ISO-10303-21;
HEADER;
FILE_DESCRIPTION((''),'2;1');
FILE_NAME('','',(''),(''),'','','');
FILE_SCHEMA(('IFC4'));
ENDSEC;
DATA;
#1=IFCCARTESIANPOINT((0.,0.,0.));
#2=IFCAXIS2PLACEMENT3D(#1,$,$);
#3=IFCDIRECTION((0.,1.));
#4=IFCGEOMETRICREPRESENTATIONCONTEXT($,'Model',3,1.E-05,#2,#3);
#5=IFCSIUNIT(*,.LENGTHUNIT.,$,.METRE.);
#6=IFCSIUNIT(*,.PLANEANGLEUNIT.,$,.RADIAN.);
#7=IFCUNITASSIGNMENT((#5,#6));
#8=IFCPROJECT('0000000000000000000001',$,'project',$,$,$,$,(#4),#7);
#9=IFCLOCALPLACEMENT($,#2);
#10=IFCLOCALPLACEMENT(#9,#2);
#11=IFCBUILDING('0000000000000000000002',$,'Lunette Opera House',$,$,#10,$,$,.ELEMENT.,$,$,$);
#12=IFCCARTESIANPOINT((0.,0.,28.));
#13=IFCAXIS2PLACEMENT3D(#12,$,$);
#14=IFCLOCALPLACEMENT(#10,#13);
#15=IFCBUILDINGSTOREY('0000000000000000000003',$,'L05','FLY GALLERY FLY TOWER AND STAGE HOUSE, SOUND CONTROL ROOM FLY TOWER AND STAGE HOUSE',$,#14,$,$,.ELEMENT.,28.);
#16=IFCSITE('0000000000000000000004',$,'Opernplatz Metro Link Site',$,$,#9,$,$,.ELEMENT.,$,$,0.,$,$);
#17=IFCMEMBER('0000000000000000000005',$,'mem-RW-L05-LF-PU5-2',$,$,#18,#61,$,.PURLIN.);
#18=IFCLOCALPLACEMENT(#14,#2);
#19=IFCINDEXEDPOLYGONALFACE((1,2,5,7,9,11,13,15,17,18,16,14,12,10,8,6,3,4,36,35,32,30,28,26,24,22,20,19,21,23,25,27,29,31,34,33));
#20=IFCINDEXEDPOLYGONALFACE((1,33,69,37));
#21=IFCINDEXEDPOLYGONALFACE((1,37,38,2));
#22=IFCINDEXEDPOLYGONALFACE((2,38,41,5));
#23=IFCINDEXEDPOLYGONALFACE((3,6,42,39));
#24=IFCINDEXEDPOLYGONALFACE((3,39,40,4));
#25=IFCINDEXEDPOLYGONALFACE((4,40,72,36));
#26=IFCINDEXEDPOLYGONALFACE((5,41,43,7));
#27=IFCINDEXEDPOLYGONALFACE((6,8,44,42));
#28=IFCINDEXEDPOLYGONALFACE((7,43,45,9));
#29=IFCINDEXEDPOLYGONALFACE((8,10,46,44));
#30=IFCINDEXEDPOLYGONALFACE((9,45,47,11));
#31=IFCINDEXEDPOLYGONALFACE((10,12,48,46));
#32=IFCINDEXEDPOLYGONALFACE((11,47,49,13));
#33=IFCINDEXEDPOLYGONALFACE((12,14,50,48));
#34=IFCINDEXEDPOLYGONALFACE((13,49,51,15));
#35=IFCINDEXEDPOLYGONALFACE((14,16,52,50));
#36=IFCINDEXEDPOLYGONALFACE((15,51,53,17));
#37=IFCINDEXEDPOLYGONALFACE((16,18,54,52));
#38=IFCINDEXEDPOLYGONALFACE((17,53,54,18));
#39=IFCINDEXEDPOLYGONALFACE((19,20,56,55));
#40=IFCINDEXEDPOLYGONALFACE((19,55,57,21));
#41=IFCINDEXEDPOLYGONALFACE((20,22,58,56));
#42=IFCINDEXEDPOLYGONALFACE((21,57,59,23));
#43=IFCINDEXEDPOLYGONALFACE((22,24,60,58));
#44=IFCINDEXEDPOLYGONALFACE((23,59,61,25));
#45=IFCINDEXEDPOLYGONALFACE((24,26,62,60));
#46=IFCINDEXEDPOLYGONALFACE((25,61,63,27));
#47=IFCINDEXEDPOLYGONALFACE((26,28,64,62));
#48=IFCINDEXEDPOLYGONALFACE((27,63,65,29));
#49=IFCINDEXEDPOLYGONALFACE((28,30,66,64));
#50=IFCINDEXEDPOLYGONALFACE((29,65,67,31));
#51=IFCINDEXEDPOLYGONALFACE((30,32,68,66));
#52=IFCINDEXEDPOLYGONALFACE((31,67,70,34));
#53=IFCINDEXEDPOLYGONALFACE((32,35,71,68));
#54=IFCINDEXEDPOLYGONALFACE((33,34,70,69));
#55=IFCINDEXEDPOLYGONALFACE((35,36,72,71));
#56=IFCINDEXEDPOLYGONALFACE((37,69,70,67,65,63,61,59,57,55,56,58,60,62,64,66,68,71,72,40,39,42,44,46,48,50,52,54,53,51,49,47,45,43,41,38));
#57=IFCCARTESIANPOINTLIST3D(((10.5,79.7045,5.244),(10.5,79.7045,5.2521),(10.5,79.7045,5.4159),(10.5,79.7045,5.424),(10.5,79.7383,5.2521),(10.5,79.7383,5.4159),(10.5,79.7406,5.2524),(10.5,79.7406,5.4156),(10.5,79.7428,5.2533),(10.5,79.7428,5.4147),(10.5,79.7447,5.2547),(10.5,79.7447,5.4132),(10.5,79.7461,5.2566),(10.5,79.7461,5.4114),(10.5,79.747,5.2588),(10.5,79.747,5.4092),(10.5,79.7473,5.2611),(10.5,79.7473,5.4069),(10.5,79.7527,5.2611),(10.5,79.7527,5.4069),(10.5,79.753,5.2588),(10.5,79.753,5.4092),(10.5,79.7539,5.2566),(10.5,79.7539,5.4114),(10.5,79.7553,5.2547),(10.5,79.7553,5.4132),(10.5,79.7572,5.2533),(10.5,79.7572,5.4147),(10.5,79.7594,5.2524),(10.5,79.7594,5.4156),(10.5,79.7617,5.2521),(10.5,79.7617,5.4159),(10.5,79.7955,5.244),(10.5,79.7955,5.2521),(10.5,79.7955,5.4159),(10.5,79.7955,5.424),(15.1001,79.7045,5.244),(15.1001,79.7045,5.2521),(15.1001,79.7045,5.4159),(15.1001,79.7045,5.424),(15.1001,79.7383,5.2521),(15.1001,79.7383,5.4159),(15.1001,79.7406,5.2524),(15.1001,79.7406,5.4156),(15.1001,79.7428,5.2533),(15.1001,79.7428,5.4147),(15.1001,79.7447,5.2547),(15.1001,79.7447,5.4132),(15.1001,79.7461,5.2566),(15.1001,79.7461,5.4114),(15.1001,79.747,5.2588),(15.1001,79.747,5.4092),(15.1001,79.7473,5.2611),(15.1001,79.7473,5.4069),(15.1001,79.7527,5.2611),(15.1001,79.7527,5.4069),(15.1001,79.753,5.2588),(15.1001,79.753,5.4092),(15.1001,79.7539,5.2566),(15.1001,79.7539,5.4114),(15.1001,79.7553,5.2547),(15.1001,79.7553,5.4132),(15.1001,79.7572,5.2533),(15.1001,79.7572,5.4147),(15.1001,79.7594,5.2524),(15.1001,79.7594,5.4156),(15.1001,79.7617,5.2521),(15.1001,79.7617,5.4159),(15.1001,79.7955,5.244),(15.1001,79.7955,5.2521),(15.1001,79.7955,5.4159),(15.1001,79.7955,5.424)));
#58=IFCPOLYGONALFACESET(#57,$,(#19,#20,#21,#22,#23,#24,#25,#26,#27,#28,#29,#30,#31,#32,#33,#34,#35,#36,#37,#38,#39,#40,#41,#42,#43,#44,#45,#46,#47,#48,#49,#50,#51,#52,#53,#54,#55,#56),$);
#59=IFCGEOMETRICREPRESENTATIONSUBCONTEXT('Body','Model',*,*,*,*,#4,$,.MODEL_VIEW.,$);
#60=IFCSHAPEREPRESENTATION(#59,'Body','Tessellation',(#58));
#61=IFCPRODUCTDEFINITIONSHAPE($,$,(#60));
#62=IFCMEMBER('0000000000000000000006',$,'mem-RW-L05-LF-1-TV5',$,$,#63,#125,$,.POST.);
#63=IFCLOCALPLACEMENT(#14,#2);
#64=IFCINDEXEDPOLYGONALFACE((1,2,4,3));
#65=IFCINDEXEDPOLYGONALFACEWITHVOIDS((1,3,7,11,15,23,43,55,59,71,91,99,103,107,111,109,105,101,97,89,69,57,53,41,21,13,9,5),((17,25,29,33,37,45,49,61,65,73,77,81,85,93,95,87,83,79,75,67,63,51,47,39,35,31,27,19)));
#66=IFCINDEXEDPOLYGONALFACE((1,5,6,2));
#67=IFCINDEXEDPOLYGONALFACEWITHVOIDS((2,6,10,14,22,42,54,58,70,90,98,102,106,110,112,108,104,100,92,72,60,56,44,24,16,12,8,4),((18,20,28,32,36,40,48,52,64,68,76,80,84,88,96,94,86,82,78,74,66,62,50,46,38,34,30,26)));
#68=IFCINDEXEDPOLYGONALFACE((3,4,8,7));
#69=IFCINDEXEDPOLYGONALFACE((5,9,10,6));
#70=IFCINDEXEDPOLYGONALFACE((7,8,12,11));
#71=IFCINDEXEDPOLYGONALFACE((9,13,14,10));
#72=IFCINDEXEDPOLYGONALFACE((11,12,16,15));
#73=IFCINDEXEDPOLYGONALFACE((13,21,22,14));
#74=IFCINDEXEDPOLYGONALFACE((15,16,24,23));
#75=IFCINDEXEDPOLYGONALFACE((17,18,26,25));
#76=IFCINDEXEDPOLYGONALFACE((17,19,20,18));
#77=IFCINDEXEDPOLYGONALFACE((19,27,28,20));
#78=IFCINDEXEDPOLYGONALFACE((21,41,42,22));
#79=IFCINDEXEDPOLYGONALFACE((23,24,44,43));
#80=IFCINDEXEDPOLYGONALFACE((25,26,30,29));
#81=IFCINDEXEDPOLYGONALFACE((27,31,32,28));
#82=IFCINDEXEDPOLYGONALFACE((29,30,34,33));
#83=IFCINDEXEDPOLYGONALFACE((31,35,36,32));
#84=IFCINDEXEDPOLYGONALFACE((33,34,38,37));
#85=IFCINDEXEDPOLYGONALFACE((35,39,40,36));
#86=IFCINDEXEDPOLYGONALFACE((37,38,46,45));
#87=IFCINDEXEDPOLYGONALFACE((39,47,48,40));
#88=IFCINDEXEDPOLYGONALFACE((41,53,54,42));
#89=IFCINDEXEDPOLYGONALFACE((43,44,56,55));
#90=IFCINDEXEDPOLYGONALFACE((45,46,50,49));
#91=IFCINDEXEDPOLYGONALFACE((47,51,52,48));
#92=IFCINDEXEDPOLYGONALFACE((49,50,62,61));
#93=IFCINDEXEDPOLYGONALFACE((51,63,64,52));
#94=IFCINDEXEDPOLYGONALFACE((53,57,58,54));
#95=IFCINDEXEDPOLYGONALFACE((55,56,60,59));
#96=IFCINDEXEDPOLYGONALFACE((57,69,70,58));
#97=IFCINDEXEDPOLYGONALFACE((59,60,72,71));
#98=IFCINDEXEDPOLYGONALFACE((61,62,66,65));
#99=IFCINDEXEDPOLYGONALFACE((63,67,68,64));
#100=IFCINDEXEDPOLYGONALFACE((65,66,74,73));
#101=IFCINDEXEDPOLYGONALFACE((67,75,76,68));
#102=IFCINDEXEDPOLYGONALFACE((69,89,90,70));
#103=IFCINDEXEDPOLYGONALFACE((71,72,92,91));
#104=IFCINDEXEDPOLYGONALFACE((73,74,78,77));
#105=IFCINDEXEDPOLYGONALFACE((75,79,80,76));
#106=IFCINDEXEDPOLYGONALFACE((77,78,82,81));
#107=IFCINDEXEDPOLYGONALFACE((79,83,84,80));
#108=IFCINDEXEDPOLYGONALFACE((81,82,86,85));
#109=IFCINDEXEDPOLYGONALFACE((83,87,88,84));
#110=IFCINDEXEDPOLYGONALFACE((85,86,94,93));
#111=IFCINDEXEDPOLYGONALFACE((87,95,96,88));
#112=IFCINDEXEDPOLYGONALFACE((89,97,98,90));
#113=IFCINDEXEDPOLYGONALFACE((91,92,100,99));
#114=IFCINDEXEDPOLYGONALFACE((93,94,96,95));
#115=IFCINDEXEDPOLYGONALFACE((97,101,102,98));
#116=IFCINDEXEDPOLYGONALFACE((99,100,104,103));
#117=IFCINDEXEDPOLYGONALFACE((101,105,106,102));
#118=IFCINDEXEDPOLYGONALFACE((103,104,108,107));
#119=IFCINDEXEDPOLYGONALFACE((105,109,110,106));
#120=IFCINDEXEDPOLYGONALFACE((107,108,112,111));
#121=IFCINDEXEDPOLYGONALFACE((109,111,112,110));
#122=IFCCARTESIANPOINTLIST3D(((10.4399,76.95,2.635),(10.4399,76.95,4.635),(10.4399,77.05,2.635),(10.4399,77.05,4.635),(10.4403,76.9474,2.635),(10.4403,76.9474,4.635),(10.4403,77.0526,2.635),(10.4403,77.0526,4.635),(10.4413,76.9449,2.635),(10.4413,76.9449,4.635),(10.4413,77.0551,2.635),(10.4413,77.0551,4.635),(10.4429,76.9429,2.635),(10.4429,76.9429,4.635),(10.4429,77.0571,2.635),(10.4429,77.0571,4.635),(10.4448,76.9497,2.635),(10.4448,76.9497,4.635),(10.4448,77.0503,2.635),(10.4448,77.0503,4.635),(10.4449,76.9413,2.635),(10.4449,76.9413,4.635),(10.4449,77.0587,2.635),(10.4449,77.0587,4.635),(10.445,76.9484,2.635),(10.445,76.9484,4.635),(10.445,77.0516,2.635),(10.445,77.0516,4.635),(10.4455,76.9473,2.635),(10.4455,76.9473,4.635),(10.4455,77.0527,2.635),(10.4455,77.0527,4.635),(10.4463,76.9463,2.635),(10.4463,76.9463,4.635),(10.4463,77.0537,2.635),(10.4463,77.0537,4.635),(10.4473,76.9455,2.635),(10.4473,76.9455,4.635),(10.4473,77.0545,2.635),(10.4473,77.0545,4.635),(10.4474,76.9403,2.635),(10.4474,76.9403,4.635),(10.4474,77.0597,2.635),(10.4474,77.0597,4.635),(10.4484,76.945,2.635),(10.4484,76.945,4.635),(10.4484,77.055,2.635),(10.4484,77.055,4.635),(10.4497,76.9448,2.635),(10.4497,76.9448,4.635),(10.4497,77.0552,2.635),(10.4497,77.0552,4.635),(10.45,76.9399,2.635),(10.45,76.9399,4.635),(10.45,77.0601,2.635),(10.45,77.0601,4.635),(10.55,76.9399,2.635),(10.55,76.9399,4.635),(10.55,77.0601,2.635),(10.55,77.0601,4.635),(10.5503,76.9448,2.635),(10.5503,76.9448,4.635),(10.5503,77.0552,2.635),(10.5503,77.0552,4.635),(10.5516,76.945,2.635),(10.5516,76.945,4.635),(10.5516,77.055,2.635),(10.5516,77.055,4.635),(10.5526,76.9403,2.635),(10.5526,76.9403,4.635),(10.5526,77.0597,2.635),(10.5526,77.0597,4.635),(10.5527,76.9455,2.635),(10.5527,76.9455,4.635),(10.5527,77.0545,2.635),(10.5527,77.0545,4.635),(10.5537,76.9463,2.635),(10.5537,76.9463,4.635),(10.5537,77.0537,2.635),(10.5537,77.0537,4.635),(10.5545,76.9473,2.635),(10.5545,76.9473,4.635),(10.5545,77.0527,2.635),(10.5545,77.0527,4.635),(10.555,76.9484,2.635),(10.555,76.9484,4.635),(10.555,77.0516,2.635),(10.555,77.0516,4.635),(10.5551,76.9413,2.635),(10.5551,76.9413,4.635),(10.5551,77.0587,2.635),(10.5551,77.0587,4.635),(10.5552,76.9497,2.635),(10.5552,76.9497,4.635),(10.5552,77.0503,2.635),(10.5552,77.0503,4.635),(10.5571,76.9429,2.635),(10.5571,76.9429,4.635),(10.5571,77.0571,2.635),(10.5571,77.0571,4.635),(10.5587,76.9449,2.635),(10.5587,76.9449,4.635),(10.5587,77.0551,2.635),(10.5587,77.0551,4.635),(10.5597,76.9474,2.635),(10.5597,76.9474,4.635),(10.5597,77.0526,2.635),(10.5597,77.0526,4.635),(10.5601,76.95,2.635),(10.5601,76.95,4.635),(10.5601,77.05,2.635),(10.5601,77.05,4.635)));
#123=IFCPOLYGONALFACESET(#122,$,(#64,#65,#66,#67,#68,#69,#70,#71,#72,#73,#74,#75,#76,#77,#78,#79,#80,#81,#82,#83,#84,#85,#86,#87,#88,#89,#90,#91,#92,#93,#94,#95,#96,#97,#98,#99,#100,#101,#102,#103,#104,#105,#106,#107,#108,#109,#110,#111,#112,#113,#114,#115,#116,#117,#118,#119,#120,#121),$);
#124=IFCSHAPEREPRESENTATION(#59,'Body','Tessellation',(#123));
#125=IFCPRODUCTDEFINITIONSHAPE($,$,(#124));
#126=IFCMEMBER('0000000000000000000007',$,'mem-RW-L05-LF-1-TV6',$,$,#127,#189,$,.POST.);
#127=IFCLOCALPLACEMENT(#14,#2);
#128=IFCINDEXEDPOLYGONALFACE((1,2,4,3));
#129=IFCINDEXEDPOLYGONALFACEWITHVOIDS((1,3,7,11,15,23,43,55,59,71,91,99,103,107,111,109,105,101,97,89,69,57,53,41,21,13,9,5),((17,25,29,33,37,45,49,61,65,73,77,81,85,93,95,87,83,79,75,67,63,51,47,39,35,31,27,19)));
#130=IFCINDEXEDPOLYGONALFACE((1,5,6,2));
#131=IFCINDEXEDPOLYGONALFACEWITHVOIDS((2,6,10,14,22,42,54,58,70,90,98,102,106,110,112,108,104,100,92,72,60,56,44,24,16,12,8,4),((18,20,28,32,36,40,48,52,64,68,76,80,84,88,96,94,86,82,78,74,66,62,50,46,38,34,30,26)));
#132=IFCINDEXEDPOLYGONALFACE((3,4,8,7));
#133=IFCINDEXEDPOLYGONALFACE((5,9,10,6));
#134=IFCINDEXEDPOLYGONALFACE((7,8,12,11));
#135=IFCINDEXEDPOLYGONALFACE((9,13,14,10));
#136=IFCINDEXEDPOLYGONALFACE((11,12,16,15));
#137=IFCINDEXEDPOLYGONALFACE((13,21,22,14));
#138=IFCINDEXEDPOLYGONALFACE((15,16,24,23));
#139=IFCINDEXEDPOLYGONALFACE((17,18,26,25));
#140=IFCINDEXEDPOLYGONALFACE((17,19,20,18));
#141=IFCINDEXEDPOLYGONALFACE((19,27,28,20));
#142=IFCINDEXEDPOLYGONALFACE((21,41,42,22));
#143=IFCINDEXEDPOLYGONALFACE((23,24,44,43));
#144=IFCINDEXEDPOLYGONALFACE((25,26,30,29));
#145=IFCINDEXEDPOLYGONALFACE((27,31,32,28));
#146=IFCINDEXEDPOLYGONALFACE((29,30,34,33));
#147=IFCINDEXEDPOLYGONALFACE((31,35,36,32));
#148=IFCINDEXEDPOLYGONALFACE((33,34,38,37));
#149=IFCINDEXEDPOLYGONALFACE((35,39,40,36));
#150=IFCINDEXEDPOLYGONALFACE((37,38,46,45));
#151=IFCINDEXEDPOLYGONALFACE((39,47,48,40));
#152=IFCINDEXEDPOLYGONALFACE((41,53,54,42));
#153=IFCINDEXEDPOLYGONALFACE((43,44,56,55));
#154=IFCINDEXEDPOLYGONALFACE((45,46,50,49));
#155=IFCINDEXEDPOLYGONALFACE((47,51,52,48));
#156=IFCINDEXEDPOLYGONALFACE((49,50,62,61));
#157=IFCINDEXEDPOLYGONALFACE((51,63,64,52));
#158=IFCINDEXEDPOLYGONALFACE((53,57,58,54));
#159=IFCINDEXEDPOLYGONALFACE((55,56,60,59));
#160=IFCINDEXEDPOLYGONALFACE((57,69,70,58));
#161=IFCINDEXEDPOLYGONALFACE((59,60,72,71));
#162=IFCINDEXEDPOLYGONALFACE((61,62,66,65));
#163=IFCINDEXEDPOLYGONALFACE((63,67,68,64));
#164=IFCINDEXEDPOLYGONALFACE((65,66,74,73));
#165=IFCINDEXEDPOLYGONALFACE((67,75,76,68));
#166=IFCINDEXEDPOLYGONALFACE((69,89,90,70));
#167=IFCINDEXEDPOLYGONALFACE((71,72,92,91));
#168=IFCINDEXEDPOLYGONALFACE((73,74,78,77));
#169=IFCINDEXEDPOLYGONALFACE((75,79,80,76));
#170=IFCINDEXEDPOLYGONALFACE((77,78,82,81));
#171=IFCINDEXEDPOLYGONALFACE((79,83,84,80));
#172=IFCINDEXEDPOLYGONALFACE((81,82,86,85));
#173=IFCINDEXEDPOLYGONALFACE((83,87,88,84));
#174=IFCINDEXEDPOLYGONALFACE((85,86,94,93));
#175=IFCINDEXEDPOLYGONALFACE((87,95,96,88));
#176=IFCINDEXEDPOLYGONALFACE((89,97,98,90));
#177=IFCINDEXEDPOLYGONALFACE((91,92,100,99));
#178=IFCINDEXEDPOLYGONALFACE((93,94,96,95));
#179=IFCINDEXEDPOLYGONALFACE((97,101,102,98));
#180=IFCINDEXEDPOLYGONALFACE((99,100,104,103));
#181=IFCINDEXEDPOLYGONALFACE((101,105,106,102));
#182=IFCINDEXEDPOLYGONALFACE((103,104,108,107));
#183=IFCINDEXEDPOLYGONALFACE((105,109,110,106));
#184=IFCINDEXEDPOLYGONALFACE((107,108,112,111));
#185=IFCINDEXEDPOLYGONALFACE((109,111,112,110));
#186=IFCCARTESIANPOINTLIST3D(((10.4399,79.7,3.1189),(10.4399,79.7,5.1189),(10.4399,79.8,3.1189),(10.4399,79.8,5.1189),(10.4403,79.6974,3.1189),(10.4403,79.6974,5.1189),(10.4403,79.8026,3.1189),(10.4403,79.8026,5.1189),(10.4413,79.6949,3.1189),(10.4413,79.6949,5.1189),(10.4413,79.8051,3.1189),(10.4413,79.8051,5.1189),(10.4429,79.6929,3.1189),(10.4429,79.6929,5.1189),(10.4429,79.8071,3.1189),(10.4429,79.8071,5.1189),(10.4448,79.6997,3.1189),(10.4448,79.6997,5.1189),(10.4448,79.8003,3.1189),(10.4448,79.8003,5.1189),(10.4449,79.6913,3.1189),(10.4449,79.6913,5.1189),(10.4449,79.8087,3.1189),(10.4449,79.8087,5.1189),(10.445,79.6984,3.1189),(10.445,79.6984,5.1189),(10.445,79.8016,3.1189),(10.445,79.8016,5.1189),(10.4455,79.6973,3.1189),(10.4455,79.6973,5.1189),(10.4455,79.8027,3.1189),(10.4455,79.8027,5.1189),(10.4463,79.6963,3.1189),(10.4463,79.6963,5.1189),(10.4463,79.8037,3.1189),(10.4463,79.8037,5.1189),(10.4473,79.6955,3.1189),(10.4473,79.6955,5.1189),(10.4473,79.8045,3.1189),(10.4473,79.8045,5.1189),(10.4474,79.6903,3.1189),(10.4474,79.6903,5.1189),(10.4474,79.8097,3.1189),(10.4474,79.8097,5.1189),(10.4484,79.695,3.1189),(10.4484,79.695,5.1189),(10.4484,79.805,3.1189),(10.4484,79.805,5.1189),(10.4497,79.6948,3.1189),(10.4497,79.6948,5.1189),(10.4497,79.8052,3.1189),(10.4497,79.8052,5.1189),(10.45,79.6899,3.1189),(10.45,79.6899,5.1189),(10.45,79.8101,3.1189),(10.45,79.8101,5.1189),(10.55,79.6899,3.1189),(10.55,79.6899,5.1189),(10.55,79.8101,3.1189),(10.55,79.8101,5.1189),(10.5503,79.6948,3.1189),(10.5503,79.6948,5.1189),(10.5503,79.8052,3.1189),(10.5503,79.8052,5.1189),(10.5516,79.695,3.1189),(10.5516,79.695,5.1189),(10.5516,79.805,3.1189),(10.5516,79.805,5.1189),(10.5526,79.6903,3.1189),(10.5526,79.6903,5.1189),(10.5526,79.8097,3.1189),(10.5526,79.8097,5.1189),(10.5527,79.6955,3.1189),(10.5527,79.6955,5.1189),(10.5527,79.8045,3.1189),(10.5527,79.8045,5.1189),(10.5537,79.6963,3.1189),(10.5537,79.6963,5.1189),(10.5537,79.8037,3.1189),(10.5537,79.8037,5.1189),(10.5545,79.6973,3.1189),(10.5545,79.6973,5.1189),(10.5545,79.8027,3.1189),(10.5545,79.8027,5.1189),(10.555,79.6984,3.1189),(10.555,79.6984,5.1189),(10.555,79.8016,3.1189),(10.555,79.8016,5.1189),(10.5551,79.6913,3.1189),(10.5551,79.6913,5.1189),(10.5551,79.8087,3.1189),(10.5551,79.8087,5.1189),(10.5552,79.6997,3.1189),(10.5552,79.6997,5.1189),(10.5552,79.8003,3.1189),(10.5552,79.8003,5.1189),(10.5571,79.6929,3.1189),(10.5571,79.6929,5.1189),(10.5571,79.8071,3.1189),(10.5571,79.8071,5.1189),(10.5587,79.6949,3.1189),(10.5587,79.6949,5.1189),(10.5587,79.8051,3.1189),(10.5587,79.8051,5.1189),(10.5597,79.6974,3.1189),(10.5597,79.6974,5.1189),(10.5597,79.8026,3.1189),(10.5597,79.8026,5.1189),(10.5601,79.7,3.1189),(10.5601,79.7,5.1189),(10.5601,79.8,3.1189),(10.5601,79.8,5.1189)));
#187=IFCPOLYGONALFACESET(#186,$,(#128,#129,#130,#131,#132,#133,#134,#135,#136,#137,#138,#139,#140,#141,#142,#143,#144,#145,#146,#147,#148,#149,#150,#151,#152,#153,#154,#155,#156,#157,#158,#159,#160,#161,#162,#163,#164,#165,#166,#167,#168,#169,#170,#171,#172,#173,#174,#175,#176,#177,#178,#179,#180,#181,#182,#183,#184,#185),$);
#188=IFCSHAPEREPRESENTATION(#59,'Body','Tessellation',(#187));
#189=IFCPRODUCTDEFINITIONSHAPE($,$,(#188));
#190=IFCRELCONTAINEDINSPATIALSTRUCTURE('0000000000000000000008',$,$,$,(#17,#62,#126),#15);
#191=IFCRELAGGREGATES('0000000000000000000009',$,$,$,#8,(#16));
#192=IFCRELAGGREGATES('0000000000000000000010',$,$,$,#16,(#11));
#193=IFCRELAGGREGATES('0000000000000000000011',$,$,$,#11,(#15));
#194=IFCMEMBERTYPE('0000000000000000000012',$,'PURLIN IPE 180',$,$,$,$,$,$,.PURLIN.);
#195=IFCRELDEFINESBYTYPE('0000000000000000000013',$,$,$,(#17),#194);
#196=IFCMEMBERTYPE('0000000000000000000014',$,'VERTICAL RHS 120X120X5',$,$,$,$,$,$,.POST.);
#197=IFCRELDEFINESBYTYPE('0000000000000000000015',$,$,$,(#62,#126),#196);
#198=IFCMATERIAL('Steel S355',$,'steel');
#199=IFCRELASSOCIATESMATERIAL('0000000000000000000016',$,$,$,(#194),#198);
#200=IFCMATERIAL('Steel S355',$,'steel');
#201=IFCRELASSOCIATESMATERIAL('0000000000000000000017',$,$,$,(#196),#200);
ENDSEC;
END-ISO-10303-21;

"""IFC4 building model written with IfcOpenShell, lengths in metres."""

from ifc_helpers import new_model, si_unit, direction, frame, origin, origin_2d, place, context, subcontext, project, spatial, hollow_rectangle, i_section, extrude, material, material_profile, profile_set, type_object, element, save


model = new_model("IFC4")

# Units and contexts
model_context = context("Model", 3, precision=1e-05, world=origin(), true_north=direction((0.0, 1.0)))
body_context = subcontext(model_context, "Body", "Model", "MODEL_VIEW")
ifc_project = project(units=[si_unit("LENGTHUNIT", "METRE"), si_unit("PLANEANGLEUNIT", "RADIAN")], contexts=[model_context])

# Site, building, storey
site_placement = place(None, origin())
site = spatial("IfcSite", under=ifc_project, at=site_placement, Name="Opernplatz Metro Link Site", CompositionType="ELEMENT", RefElevation=0.0)
building_placement = place(site_placement, origin())
building = spatial("IfcBuilding", under=site, at=building_placement, Name="Lunette Opera House", CompositionType="ELEMENT")
storey_placement = place(building_placement, frame((0.0, 0.0, 28.0)))
storey = spatial("IfcBuildingStorey", under=building, at=storey_placement, Name="L05", Description="FLY GALLERY FLY TOWER AND STAGE HOUSE, SOUND CONTROL ROOM FLY TOWER AND STAGE HOUSE", CompositionType="ELEMENT", Elevation=28.0)

# Members
ifc_material_1 = material(Name="Steel S355", Category="steel")
ifc_material_profile_1 = material_profile(ifc_material_1, i_section(OverallWidth=0.0911, OverallDepth=0.1799, WebThickness=0.0054, FlangeThickness=0.0081, FilletRadius=0.009, at=origin_2d()), Name="IPE 180")
ifc_profile_set_1 = profile_set([ifc_material_profile_1], Name="Steel S355")
member_type_1 = type_object("IfcMemberType", Name="PURLIN IPE 180", PredefinedType="PURLIN", material=ifc_profile_set_1)
member_1_placement = place(storey_placement, frame((10.5, 79.75, 5.334), z_axis=(1.0, 0.0, 0.0), x_axis=(0.0, 1.0, 0.0)))
element("IfcMember", 1, at=member_1_placement, inside=storey, type_object=member_type_1, Name="mem-RW-L05-LF-PU5-2", PredefinedType="PURLIN", context=body_context, shape_type="SweptSolid", body=[
    extrude(i_section(OverallWidth=0.0911, OverallDepth=0.1799, WebThickness=0.0054, FlangeThickness=0.0081, FilletRadius=0.009, at=origin_2d()), origin(), (0.0, 0.0, 1.0), 4.6001),
])
ifc_material_2 = material(Name="Steel S355", Category="steel")
ifc_material_profile_2 = material_profile(ifc_material_2, hollow_rectangle(XDim=0.1201, YDim=0.1201, WallThickness=0.0049, InnerFilletRadius=0.0049, OuterFilletRadius=0.01, at=origin_2d()), Name="RHS 120X120X5")
ifc_profile_set_2 = profile_set([ifc_material_profile_2], Name="Steel S355")
member_type_2 = type_object("IfcMemberType", Name="VERTICAL RHS 120X120X5", PredefinedType="POST", material=ifc_profile_set_2)
for number, where, z_axis, x_axis, name in (
    (2, (10.5, 77.0, 2.635), (0.0, 0.0, 1.0), (1.0, 0.0, 0.0), "mem-RW-L05-LF-1-TV5"),
    (3, (10.5, 79.75, 3.1189), (0.0, 0.0, 1.0), (1.0, 0.0, 0.0), "mem-RW-L05-LF-1-TV6"),
):
    element("IfcMember", number, at=place(storey_placement, frame(where, z_axis=z_axis, x_axis=x_axis)), inside=storey, type_object=member_type_2, Name=name, PredefinedType="POST", context=body_context, shape_type="SweptSolid", body=[
        extrude(hollow_rectangle(XDim=0.1201, YDim=0.1201, WallThickness=0.0049, InnerFilletRadius=0.0049, OuterFilletRadius=0.01, at=origin_2d()), origin(), (0.0, 0.0, 1.0), 2.0),
    ])

save(model, "model.ifc")
